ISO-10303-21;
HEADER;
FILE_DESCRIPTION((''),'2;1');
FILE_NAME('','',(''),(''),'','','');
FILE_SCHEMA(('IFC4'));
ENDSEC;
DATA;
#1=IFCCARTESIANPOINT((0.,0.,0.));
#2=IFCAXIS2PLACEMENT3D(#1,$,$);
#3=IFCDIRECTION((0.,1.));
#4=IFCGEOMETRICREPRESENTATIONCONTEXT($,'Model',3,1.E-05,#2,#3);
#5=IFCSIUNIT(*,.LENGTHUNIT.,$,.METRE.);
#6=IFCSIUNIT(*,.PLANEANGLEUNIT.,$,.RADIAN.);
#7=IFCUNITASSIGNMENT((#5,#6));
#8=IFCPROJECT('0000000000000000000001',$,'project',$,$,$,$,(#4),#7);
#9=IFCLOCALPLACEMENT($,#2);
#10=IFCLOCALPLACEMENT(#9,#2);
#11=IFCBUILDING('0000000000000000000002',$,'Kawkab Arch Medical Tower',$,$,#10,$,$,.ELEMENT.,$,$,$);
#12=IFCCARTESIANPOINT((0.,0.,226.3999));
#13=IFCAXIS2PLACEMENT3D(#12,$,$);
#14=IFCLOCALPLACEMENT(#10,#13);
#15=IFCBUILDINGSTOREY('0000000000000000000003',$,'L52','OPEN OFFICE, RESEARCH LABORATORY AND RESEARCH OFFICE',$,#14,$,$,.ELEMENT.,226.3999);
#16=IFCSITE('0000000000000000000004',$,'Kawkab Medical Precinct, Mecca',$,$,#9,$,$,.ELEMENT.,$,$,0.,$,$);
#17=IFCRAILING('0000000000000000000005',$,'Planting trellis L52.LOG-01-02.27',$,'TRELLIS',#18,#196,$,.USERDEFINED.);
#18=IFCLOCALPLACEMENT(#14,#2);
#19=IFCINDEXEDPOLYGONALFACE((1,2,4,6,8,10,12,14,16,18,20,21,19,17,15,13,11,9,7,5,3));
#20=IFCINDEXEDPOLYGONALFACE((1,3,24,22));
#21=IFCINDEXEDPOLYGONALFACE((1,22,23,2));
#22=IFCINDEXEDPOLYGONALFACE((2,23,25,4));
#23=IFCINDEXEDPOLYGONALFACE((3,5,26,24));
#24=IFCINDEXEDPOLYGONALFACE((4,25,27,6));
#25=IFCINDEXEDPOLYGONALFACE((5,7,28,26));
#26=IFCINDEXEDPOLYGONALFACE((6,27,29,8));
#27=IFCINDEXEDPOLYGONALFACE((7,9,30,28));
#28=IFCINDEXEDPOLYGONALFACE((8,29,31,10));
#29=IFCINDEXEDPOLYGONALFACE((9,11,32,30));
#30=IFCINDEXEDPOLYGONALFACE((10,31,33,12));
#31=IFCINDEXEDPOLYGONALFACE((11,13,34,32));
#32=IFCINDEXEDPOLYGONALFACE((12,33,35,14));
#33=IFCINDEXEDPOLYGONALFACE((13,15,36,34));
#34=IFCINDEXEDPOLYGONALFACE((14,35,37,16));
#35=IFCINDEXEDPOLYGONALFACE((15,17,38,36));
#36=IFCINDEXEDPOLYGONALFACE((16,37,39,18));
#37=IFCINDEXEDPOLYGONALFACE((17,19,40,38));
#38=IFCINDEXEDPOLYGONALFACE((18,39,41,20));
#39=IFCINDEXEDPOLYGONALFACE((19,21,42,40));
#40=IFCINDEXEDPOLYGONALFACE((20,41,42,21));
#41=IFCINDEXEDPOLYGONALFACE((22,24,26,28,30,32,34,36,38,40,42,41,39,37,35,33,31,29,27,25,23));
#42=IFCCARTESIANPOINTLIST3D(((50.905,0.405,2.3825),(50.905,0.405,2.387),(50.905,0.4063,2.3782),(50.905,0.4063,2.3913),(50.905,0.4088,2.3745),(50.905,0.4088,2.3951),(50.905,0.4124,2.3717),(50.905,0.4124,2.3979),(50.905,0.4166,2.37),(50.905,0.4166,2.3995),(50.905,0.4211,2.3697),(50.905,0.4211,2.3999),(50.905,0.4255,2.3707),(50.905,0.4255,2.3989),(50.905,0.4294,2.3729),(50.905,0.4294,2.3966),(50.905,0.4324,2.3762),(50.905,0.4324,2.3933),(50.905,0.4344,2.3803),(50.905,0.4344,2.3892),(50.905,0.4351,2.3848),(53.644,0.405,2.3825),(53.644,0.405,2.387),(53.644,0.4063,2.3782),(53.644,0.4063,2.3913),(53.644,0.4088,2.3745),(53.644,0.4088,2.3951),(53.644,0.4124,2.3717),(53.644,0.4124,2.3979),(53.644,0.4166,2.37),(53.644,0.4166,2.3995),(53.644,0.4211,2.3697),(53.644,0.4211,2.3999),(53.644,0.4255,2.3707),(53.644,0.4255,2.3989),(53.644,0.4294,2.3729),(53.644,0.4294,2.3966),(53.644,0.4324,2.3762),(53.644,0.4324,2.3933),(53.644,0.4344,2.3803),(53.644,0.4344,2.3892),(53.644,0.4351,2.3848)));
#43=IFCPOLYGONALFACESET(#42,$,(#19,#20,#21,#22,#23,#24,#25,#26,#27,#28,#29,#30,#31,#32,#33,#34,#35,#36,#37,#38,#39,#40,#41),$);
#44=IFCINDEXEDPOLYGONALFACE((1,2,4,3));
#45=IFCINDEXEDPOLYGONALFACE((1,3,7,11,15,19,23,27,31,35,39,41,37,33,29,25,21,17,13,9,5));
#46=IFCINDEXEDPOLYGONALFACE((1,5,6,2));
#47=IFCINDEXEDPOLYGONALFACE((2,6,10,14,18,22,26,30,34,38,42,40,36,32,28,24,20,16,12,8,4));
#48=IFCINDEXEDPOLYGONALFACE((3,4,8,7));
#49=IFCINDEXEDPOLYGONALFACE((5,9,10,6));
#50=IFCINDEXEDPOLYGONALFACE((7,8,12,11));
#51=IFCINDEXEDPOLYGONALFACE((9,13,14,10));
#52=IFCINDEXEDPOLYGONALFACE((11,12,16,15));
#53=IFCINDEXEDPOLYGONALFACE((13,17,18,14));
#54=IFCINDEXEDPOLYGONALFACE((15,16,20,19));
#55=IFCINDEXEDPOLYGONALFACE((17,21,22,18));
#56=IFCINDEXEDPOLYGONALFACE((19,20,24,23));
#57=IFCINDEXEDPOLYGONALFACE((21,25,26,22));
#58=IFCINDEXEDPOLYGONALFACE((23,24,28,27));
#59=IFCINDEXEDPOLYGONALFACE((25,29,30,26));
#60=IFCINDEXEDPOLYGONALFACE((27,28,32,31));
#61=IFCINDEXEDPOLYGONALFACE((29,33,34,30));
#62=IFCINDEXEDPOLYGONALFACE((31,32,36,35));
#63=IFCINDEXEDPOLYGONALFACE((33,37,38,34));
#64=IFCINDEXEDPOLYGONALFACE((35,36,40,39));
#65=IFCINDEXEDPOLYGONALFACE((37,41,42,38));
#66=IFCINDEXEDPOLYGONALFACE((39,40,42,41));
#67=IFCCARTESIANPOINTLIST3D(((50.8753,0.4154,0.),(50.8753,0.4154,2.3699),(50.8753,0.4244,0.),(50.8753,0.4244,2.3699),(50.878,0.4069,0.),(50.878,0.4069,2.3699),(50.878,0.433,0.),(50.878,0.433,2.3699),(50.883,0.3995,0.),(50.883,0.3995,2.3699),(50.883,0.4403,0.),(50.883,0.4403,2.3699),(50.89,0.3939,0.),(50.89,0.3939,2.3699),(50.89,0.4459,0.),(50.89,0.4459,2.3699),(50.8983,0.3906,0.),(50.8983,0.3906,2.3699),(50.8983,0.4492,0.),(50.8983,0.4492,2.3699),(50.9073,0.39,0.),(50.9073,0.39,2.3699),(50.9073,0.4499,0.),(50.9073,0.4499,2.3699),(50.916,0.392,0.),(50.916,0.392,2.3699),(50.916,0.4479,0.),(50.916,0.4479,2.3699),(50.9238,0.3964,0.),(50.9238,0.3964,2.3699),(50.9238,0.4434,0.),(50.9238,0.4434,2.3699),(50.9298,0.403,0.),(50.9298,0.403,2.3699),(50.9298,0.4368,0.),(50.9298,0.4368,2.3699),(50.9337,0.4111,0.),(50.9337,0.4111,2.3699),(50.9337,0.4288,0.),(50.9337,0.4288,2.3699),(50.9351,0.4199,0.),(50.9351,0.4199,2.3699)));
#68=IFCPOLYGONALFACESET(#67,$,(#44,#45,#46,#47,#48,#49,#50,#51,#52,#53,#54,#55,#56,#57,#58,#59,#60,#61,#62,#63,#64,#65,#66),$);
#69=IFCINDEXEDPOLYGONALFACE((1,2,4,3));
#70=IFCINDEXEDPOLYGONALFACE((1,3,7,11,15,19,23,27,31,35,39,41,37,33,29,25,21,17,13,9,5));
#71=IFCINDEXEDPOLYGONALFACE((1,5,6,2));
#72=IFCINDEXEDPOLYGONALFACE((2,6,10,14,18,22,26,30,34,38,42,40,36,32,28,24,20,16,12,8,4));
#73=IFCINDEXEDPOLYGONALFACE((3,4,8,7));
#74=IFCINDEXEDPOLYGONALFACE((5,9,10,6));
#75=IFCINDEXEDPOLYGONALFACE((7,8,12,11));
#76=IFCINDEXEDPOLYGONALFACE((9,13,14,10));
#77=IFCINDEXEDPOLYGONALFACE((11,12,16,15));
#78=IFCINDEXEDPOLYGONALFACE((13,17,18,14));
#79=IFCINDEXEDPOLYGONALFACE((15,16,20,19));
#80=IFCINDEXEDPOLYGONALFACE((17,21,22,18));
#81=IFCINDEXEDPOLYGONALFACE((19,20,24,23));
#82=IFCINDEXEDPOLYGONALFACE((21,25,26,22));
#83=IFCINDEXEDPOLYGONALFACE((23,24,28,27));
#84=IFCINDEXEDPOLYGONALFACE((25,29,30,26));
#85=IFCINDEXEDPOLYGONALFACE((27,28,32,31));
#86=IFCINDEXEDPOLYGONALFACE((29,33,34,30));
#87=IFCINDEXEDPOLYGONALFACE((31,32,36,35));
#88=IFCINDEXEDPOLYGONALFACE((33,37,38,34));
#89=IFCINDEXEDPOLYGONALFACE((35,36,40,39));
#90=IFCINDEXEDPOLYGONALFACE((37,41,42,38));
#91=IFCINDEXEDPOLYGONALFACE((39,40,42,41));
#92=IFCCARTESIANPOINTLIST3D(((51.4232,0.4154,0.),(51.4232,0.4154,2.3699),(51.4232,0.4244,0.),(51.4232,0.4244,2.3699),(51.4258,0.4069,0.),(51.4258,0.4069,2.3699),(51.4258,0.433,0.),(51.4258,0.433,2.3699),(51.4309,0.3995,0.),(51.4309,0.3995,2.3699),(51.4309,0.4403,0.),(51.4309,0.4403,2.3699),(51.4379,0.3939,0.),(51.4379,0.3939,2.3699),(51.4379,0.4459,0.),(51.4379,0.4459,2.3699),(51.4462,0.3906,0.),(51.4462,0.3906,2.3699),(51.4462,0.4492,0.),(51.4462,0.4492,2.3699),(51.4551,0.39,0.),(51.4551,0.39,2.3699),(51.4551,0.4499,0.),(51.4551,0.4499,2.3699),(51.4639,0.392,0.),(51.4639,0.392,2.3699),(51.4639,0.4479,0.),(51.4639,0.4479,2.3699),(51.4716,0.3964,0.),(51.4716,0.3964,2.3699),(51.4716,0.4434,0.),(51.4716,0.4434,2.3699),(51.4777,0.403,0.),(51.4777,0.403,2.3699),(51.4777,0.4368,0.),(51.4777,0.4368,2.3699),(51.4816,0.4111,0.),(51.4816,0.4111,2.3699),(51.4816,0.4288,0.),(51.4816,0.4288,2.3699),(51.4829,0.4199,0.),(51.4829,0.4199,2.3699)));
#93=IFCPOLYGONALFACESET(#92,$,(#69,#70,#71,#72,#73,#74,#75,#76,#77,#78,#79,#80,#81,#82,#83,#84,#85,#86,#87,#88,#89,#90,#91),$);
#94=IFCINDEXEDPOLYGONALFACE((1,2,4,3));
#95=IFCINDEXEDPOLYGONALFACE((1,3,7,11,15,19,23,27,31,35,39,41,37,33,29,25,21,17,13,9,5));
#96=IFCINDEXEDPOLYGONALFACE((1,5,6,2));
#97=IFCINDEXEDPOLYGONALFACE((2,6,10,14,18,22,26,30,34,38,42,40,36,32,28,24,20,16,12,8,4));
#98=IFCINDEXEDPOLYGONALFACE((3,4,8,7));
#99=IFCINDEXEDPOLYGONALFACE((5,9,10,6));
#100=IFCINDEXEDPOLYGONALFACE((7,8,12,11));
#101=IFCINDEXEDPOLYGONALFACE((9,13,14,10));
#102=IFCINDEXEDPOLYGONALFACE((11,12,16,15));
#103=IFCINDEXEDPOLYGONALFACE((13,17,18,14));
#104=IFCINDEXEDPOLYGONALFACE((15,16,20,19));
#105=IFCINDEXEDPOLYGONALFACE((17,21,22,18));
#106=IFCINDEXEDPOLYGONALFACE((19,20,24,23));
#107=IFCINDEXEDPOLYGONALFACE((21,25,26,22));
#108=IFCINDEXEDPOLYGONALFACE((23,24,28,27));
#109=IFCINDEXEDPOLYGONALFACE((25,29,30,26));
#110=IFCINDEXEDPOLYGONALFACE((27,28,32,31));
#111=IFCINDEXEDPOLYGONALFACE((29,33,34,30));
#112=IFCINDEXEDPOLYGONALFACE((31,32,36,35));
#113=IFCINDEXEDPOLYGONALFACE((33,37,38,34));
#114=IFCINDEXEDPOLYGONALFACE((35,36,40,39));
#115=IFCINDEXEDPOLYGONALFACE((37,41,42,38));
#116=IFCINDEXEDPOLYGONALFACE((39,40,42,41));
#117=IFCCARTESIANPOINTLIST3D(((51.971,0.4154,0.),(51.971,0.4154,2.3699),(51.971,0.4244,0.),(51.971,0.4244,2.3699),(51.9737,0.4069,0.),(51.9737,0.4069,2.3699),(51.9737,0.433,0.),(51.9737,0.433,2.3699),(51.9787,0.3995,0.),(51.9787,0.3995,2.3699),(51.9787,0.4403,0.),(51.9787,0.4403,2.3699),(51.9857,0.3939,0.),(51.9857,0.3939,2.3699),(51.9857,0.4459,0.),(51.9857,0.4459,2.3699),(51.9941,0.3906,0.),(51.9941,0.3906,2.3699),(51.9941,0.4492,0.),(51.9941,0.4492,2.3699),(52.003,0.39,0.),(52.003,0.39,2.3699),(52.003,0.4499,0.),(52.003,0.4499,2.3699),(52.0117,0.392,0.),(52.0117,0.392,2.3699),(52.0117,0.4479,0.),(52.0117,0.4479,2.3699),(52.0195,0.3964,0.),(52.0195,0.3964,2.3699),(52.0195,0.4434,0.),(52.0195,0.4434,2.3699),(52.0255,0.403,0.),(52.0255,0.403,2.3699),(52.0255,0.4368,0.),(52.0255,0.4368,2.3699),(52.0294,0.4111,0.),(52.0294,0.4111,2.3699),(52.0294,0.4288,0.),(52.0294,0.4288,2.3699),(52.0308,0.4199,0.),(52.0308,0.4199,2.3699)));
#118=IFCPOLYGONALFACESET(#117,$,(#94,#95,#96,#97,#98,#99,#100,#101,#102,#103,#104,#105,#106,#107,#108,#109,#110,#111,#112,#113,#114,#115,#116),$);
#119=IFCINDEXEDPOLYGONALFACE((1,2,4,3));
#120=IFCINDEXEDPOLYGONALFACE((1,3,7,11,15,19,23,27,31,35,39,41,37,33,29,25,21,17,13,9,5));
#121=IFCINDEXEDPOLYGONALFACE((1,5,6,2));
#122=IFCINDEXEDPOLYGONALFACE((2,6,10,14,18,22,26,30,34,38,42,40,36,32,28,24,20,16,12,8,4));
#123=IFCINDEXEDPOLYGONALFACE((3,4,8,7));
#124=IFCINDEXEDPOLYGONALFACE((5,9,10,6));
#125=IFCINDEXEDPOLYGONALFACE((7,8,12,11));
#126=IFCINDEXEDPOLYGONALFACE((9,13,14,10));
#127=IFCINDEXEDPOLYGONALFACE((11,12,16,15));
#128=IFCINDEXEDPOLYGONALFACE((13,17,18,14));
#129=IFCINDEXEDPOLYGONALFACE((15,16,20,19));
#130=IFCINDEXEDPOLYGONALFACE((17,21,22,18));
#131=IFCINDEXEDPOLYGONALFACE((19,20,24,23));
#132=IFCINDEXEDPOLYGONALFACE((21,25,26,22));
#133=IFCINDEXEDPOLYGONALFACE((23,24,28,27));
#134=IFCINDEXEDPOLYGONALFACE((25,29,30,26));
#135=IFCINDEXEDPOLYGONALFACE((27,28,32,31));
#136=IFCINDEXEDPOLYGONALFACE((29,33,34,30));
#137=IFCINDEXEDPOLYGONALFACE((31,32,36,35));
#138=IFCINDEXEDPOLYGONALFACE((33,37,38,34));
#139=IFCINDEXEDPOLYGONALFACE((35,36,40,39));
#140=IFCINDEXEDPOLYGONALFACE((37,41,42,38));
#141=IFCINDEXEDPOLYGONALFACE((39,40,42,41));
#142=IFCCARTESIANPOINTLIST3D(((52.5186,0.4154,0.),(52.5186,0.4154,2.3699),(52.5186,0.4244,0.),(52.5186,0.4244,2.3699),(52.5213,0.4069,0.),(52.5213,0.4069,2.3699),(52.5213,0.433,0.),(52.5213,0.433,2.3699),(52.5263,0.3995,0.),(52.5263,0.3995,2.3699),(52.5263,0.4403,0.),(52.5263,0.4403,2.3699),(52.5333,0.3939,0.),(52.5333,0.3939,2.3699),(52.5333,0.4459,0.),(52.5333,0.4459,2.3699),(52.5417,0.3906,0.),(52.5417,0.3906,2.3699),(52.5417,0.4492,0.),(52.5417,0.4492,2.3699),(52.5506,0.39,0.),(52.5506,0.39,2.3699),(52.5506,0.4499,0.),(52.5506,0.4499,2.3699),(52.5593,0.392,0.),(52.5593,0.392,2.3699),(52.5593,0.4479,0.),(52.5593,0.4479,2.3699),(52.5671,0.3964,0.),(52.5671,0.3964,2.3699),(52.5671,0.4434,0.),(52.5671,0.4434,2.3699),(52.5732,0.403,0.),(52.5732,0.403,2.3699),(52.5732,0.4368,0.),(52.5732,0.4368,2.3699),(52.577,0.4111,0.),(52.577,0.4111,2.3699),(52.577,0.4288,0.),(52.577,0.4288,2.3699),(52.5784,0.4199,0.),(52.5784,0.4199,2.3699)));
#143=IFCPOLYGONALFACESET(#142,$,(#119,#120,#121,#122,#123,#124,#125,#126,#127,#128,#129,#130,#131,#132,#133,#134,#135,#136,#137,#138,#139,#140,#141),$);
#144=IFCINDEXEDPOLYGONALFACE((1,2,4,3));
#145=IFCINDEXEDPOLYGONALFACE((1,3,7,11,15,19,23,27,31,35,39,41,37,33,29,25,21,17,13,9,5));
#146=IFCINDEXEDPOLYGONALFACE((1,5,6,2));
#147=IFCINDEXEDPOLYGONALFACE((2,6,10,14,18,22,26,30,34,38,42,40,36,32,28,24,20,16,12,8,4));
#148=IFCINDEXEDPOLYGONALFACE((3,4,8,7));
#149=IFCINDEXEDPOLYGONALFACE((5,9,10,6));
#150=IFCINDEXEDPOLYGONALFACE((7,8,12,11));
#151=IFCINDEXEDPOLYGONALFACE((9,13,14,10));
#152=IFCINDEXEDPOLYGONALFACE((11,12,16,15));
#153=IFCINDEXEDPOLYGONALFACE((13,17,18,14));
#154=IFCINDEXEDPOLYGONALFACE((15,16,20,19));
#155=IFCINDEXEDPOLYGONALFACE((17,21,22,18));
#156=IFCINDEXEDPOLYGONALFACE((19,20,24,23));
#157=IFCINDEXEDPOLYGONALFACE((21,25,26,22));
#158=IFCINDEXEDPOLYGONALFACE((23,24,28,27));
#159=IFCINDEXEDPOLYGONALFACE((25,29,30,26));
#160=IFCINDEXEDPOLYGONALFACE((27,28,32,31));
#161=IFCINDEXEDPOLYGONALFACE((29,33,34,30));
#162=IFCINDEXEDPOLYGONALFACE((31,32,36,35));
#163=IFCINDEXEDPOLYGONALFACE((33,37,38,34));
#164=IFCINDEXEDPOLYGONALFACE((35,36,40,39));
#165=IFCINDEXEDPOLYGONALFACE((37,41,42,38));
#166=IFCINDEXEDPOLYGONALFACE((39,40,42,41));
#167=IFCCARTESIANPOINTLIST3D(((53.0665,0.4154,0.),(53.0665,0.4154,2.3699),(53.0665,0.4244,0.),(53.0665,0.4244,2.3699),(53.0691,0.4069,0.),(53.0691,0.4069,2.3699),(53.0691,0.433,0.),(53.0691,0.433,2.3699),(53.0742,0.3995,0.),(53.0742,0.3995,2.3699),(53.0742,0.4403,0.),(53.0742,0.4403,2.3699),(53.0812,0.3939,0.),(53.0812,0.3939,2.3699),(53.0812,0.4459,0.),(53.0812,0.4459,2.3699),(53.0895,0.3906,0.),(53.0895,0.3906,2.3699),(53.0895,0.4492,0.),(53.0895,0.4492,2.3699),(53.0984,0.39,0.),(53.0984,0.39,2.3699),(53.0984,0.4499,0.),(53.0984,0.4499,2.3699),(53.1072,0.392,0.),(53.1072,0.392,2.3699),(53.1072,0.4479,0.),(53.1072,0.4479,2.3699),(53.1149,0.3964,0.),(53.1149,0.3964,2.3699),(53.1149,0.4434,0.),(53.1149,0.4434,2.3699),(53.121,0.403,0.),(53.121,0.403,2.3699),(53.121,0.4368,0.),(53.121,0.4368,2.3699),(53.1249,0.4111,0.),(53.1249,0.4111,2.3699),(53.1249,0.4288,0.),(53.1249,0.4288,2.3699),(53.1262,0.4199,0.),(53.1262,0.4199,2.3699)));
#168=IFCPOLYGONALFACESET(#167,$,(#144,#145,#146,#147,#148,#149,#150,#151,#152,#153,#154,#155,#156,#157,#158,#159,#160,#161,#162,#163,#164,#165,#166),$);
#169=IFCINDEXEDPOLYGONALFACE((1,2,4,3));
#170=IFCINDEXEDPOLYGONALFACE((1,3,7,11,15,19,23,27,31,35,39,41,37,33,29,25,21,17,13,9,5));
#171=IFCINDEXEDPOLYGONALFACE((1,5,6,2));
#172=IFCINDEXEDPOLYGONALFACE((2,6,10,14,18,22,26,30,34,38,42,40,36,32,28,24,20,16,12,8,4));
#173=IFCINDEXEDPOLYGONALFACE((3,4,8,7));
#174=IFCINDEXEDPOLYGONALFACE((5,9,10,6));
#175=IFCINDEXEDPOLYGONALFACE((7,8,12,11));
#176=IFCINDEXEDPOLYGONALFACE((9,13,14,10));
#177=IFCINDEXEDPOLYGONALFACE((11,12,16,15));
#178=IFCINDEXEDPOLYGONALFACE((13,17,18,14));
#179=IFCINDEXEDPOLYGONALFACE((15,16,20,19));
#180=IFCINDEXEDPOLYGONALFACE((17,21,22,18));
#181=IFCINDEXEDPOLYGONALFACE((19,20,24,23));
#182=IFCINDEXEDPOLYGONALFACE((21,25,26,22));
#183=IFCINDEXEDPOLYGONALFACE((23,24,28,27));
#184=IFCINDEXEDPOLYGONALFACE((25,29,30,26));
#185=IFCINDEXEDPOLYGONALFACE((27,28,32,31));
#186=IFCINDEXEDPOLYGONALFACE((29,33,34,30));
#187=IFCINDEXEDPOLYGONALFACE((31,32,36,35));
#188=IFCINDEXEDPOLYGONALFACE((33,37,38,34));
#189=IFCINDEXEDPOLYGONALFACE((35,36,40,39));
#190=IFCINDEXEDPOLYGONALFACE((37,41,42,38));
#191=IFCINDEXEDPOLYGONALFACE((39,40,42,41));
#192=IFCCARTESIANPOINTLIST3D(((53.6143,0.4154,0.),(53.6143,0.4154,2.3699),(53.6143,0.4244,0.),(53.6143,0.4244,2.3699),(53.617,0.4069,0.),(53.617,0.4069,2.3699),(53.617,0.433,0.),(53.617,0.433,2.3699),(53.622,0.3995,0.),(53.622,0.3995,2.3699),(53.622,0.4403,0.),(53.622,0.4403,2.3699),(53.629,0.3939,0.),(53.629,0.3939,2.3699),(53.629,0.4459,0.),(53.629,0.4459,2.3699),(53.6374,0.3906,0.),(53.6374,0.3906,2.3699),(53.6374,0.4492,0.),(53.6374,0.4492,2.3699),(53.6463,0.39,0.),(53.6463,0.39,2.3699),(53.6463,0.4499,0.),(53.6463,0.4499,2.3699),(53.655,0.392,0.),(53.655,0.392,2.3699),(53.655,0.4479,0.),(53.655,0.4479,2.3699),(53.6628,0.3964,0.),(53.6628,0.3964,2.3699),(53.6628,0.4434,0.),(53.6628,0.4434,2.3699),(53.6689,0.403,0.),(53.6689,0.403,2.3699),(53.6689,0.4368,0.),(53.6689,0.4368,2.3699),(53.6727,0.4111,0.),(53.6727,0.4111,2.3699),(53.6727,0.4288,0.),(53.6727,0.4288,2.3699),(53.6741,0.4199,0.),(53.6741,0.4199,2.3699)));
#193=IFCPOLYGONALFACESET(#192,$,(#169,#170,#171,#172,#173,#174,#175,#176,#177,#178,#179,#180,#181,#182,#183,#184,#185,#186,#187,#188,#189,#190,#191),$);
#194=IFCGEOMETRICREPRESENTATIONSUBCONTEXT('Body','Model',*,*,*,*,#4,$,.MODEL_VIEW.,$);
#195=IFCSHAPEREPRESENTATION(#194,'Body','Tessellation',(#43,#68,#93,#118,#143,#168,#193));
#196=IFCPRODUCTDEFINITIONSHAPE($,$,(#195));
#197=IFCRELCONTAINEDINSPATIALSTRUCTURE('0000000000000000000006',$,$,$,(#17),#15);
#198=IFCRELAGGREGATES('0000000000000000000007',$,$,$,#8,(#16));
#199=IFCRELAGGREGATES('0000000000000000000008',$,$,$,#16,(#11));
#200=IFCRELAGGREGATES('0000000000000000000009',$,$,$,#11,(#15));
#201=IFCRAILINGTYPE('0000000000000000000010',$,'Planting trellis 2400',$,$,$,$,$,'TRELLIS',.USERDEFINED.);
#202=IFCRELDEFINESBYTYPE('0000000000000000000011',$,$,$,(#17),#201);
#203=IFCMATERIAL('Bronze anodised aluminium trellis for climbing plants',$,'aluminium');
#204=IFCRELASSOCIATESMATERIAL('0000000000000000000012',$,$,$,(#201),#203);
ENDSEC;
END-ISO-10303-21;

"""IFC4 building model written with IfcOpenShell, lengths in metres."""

from ifc_helpers import new_model, si_unit, direction, frame, origin, origin_2d, place, context, subcontext, project, spatial, circle, extrude, material, type_object, element, save


model = new_model("IFC4")

# Units and contexts
model_context = context("Model", 3, precision=1e-05, world=origin(), true_north=direction((0.0, 1.0)))
body_context = subcontext(model_context, "Body", "Model", "MODEL_VIEW")
ifc_project = project(units=[si_unit("LENGTHUNIT", "METRE"), si_unit("PLANEANGLEUNIT", "RADIAN")], contexts=[model_context])

# Site, building, storey
site_placement = place(None, origin())
site = spatial("IfcSite", under=ifc_project, at=site_placement, Name="Kawkab Medical Precinct, Mecca", CompositionType="ELEMENT", RefElevation=0.0)
building_placement = place(site_placement, origin())
building = spatial("IfcBuilding", under=site, at=building_placement, Name="Kawkab Arch Medical Tower", CompositionType="ELEMENT")
storey_placement = place(building_placement, frame((0.0, 0.0, 226.3999)))
storey = spatial("IfcBuildingStorey", under=building, at=storey_placement, Name="L52", Description="OPEN OFFICE, RESEARCH LABORATORY AND RESEARCH OFFICE", CompositionType="ELEMENT", Elevation=226.3999)

# Railing
ifc_material_1 = material(Name="Bronze anodised aluminium trellis for climbing plants", Category="aluminium")
railing_type_1 = type_object("IfcRailingType", Name="Planting trellis 2400", ElementType="TRELLIS", PredefinedType="USERDEFINED", material=ifc_material_1)
railing_1_placement = place(storey_placement, frame((50.905, 0.4199, 0.0)))
element("IfcRailing", 1, at=railing_1_placement, inside=storey, type_object=railing_type_1, Name="Planting trellis L52.LOG-01-02.27", ObjectType="TRELLIS", PredefinedType="USERDEFINED", context=body_context, shape_type="SweptSolid", body=[
    extrude(circle(Radius=0.0151, at=origin_2d()), frame((0.0, 0.0, 2.3848), z_axis=(1.0, 0.0, 0.0), x_axis=(0.0, 1.0, 0.0)), (0.0, 0.0, 1.0), 2.739),
    extrude(circle(Radius=0.03, at=origin_2d()), origin(), (0.0, 0.0, 1.0), 2.3699),
    extrude(circle(Radius=0.03, at=origin_2d()), frame((0.5479, 0.0, 0.0)), (0.0, 0.0, 1.0), 2.3699),
    extrude(circle(Radius=0.03, at=origin_2d()), frame((1.0957, 0.0, 0.0)), (0.0, 0.0, 1.0), 2.3699),
    extrude(circle(Radius=0.03, at=origin_2d()), frame((1.6433, 0.0, 0.0)), (0.0, 0.0, 1.0), 2.3699),
    extrude(circle(Radius=0.03, at=origin_2d()), frame((2.1912, 0.0, 0.0)), (0.0, 0.0, 1.0), 2.3699),
    extrude(circle(Radius=0.03, at=origin_2d()), frame((2.739, 0.0, 0.0)), (0.0, 0.0, 1.0), 2.3699),
])

save(model, "model.ifc")
